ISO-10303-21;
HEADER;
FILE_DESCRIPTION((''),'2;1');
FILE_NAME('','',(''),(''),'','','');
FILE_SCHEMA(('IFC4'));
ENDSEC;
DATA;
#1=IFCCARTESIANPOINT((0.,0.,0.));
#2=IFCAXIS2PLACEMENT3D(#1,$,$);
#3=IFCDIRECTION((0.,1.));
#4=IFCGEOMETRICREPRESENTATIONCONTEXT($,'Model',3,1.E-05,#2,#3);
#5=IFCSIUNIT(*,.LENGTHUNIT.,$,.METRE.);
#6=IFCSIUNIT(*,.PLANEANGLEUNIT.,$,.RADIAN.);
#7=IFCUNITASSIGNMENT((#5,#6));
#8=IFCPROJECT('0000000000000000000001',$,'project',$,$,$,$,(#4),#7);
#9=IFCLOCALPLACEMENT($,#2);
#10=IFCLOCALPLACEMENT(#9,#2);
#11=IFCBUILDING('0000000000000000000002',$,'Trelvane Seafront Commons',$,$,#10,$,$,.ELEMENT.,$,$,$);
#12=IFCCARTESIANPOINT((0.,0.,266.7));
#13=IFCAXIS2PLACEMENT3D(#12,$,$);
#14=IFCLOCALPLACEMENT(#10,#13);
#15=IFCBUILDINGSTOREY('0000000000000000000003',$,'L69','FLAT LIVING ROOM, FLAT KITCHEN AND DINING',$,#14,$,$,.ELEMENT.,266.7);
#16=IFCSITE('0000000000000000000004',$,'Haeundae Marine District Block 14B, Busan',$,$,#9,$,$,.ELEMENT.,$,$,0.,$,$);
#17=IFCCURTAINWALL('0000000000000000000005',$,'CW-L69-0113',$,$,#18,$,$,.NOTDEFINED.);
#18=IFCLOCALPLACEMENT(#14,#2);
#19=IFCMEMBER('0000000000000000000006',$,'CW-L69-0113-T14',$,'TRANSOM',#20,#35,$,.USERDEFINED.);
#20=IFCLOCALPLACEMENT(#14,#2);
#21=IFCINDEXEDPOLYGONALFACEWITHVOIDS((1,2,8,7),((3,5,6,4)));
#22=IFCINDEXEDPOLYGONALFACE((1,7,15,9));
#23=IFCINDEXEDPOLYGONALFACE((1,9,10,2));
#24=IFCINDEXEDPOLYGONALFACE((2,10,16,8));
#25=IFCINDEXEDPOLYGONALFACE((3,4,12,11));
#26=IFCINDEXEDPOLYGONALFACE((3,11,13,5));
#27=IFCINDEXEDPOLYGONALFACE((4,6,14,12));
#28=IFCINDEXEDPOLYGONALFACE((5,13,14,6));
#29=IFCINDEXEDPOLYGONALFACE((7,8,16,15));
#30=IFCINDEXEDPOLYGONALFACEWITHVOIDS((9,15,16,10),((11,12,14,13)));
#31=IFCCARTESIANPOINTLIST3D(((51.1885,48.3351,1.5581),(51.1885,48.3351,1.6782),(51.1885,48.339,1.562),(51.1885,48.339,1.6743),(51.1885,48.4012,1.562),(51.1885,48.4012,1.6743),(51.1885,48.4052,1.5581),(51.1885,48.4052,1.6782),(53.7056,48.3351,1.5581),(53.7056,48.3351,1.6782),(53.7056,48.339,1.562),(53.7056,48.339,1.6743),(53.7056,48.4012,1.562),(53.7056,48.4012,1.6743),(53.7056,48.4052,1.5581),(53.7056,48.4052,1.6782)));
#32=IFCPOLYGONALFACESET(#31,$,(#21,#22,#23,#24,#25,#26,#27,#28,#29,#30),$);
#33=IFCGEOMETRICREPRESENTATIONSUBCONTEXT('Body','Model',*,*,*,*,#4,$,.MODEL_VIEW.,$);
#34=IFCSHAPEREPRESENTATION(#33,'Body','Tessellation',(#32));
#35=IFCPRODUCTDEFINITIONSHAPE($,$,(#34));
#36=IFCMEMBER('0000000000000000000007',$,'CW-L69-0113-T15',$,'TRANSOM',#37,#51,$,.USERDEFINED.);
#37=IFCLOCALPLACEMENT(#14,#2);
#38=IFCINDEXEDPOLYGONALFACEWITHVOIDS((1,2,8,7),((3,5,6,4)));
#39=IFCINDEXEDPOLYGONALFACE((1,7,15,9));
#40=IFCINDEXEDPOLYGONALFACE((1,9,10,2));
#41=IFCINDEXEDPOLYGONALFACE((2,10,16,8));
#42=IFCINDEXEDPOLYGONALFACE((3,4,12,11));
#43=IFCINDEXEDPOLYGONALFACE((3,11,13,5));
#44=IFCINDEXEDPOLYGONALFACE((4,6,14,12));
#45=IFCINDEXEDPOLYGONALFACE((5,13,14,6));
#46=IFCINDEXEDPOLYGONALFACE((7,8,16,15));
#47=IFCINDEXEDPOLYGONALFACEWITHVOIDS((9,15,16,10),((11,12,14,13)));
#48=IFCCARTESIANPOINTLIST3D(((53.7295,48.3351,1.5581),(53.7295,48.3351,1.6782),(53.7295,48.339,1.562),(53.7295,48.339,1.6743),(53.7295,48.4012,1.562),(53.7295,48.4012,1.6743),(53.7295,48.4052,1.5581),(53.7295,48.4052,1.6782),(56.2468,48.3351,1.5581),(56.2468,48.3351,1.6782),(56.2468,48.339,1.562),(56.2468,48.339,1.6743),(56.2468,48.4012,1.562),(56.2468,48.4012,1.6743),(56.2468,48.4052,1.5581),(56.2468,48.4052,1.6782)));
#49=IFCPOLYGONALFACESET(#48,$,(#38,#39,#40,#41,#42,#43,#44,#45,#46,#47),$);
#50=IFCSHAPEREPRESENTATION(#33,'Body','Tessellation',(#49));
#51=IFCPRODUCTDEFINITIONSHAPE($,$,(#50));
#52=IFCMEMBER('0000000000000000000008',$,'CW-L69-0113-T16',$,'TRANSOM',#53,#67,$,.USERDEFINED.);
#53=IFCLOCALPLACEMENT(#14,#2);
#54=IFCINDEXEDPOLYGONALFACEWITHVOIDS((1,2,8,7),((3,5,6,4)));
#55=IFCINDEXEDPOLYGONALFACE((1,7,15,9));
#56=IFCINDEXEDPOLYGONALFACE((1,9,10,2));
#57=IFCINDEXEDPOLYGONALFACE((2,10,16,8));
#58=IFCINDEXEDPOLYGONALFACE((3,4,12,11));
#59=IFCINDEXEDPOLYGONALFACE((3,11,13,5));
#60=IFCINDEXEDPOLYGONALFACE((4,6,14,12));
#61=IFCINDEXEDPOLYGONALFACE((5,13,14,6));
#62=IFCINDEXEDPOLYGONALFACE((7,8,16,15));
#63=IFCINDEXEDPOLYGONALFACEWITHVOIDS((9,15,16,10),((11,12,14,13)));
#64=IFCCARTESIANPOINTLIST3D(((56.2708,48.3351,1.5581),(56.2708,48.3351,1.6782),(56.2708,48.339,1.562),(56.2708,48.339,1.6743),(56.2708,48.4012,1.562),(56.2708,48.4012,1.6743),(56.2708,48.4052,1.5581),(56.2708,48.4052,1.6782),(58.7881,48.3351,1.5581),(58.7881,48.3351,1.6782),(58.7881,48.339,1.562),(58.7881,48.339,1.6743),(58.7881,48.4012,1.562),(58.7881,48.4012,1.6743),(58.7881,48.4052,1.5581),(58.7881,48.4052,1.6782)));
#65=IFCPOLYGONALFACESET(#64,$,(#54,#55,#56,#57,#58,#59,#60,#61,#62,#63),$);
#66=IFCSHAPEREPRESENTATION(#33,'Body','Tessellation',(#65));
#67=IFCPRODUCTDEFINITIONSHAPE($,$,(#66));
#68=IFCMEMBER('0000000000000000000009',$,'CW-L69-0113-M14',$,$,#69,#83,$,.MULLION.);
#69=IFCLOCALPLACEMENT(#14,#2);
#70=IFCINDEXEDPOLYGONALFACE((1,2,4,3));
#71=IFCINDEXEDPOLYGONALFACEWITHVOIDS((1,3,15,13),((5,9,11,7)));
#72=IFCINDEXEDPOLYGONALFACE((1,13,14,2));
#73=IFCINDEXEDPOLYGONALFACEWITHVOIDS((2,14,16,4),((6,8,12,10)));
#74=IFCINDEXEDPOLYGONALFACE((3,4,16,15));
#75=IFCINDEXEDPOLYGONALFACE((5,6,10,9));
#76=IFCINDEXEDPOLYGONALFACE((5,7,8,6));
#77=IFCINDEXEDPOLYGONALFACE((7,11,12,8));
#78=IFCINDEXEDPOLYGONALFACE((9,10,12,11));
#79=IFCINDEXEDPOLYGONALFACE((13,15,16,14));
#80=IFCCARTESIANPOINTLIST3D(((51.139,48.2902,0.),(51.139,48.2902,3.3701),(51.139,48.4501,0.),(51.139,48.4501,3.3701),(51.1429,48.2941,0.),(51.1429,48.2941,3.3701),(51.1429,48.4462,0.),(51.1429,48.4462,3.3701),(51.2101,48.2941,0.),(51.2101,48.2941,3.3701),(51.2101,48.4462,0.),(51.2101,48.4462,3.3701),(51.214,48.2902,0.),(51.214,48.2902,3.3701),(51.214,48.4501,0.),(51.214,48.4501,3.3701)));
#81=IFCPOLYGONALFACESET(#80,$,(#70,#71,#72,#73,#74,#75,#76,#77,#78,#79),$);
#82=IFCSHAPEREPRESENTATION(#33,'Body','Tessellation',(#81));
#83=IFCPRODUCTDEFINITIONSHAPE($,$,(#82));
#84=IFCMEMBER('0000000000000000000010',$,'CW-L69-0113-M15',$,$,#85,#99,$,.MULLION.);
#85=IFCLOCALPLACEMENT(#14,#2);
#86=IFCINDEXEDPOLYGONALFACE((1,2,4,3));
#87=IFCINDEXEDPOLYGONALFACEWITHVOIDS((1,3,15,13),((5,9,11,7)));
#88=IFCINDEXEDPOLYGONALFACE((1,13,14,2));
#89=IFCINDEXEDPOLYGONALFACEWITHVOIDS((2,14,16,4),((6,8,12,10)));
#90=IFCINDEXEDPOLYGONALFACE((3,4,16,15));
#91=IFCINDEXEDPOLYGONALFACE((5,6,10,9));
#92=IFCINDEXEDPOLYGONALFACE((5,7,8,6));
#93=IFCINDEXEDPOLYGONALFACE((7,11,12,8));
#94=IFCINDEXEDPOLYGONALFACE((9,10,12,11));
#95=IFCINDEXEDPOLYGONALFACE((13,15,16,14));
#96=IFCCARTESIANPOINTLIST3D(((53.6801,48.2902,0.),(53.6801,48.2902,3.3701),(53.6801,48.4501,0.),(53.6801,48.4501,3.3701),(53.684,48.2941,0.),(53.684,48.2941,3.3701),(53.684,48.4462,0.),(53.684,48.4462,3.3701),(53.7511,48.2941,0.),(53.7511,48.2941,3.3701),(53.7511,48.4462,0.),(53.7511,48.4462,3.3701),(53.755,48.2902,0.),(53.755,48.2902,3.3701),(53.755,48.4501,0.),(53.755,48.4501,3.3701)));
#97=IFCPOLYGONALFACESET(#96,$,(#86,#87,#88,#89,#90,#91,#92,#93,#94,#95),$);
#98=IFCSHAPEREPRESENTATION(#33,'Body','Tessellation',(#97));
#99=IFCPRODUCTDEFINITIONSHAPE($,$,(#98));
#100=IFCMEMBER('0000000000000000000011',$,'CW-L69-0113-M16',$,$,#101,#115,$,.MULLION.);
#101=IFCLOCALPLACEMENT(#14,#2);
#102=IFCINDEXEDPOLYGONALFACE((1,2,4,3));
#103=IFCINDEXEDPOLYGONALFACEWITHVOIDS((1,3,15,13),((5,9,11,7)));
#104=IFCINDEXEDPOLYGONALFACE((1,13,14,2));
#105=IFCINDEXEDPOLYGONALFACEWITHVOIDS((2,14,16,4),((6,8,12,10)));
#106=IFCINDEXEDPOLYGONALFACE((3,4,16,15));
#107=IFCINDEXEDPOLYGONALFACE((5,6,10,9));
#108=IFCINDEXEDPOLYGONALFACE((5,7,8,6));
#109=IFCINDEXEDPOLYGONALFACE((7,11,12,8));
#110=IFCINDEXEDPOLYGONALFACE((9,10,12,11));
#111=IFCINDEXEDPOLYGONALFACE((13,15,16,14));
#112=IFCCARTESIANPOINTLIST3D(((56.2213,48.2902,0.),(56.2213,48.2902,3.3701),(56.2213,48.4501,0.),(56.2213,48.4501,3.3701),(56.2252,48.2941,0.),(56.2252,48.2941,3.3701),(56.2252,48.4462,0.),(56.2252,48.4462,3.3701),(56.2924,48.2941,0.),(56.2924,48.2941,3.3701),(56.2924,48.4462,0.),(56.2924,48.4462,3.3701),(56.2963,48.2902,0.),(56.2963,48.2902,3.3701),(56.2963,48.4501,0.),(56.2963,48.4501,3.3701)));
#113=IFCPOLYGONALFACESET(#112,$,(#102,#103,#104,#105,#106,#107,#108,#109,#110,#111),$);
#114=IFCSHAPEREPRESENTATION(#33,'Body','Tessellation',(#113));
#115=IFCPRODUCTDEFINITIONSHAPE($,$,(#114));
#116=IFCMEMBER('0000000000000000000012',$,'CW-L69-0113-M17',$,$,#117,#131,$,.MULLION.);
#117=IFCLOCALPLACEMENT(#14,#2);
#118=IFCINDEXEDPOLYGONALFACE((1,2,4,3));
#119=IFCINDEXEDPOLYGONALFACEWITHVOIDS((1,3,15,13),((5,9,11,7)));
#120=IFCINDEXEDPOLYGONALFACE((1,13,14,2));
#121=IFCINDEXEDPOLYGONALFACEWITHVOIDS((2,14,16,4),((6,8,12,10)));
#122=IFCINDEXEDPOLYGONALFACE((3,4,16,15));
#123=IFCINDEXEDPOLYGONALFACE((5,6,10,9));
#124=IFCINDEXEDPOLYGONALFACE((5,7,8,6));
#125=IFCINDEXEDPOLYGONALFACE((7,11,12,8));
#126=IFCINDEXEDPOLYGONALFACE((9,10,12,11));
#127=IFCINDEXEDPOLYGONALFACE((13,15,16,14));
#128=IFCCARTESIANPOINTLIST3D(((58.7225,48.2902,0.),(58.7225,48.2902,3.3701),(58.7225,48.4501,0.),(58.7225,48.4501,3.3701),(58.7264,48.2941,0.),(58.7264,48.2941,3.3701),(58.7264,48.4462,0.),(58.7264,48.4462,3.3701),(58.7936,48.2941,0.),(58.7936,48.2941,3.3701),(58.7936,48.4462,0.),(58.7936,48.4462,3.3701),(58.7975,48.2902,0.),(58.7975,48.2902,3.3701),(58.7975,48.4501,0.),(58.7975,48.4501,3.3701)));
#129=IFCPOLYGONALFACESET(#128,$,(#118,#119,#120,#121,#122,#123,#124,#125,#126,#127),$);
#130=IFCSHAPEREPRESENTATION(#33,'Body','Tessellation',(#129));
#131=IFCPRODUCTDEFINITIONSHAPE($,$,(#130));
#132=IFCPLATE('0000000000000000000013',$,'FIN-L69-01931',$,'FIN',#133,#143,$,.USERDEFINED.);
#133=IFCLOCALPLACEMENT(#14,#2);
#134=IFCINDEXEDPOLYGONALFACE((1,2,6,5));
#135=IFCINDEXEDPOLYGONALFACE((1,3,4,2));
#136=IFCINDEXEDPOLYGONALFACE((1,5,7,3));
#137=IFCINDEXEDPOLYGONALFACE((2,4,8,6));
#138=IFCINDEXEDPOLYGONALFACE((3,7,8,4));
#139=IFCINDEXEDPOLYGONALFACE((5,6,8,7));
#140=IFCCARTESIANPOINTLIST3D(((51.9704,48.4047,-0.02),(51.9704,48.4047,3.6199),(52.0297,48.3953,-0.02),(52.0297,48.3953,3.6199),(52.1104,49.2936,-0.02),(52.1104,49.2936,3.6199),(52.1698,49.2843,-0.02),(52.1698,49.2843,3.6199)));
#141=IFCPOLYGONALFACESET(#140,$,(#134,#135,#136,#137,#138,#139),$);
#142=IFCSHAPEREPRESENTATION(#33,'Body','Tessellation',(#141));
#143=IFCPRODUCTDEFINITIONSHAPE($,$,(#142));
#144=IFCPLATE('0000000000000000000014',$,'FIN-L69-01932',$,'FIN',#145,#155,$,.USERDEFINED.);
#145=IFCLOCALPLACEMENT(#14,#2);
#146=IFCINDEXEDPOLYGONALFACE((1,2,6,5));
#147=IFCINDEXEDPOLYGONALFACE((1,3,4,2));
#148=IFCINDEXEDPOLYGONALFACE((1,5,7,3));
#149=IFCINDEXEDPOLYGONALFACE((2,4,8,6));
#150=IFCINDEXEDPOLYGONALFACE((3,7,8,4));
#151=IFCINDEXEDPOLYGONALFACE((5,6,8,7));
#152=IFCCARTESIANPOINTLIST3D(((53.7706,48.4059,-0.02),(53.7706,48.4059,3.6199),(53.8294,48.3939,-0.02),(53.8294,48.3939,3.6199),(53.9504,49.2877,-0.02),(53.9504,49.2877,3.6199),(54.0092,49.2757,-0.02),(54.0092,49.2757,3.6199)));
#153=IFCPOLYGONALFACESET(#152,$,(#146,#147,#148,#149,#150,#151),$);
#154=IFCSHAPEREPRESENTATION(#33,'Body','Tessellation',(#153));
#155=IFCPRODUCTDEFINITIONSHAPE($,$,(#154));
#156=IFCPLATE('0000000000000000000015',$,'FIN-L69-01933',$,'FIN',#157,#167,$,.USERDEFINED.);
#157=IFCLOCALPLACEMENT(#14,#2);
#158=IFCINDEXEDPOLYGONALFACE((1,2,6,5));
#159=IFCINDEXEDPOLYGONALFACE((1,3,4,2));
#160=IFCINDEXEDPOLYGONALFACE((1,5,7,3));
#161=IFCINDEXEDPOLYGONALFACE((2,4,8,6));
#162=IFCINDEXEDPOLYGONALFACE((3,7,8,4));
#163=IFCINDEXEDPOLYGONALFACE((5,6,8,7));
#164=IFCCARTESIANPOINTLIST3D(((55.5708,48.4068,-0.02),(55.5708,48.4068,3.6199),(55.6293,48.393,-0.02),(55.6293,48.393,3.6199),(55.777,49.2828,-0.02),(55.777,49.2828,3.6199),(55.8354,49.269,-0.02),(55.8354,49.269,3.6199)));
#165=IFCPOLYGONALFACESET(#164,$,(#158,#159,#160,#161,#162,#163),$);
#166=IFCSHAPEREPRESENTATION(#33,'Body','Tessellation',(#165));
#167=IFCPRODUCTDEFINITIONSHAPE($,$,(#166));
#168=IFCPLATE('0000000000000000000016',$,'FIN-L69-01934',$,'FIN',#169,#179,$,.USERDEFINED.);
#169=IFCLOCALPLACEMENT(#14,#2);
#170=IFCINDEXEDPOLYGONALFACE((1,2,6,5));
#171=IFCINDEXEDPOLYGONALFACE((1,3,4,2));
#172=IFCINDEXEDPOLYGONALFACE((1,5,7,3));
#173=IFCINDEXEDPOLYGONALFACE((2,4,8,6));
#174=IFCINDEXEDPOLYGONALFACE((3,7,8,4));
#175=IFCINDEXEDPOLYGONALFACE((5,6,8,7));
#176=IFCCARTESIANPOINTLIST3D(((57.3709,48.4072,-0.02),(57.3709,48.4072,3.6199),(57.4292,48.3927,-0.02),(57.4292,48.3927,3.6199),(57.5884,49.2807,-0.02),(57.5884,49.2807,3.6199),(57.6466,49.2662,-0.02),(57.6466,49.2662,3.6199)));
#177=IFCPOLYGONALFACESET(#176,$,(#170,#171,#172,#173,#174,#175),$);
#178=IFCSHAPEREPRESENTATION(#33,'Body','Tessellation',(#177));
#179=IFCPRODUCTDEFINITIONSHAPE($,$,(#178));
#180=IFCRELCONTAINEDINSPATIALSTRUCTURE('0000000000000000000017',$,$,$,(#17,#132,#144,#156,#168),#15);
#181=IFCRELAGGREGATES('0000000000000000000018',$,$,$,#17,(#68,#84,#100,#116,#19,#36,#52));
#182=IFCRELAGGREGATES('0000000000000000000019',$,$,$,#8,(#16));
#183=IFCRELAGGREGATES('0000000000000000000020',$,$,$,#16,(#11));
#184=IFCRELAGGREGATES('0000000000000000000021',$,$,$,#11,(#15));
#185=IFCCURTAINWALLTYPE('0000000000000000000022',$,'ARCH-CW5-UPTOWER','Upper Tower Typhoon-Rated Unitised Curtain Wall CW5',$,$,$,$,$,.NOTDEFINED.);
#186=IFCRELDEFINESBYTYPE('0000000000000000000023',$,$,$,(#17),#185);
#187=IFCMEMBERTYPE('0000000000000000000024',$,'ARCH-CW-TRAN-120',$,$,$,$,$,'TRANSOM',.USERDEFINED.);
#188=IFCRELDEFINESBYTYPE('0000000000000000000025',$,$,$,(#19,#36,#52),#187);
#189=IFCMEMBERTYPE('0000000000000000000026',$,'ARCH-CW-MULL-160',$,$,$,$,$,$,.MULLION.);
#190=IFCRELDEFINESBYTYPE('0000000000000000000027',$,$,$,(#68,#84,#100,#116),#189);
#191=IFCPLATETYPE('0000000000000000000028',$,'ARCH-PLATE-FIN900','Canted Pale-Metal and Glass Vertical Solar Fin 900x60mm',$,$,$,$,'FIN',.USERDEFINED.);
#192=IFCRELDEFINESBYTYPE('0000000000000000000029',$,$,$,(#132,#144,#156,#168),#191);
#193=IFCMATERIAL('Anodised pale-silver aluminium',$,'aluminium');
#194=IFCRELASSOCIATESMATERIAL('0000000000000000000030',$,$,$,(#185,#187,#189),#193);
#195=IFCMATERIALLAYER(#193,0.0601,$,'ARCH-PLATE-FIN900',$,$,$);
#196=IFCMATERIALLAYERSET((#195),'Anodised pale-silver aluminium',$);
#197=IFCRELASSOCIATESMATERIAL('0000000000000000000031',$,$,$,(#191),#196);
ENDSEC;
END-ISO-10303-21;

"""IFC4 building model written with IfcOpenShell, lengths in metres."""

from ifc_helpers import new_model, si_unit, direction, frame, origin, origin_2d, place, context, subcontext, project, spatial, rectangle, hollow_rectangle, extrude, source, transform, mapped, material, layer, layer_set, material_profile, profile_set, type_object, element, aggregate, save


model = new_model("IFC4")

# Units and contexts
model_context = context("Model", 3, precision=1e-05, world=origin(), true_north=direction((0.0, 1.0)))
body_context = subcontext(model_context, "Body", "Model", "MODEL_VIEW")
ifc_project = project(units=[si_unit("LENGTHUNIT", "METRE"), si_unit("PLANEANGLEUNIT", "RADIAN")], contexts=[model_context])

# Site, building, storey
site_placement = place(None, origin())
site = spatial("IfcSite", under=ifc_project, at=site_placement, Name="Haeundae Marine District Block 14B, Busan", CompositionType="ELEMENT", RefElevation=0.0)
building_placement = place(site_placement, origin())
building = spatial("IfcBuilding", under=site, at=building_placement, Name="Trelvane Seafront Commons", CompositionType="ELEMENT")
storey_placement = place(building_placement, frame((0.0, 0.0, 266.7)))
storey = spatial("IfcBuildingStorey", under=building, at=storey_placement, Name="L69", Description="FLAT LIVING ROOM, FLAT KITCHEN AND DINING", CompositionType="ELEMENT", Elevation=266.7)

# Curtain wall, members
ifc_material_1 = material(Name="Anodised pale-silver aluminium", Category="aluminium")
curtain_wall_type = type_object("IfcCurtainWallType", Name="ARCH-CW5-UPTOWER", Description="Upper Tower Typhoon-Rated Unitised Curtain Wall CW5", PredefinedType="NOTDEFINED", material=ifc_material_1)
curtain_wall_placement = place(storey_placement, origin())
curtain_wall = element("IfcCurtainWall", 1, at=curtain_wall_placement, inside=storey, type_object=curtain_wall_type, Name="CW-L69-0113", PredefinedType="NOTDEFINED")
ifc_material_profile_1 = material_profile(ifc_material_1, hollow_rectangle(XDim=0.0701, YDim=0.1201, WallThickness=0.0039, at=origin_2d()), Name="TRAN-70x120x4")
ifc_profile_set_1 = profile_set([ifc_material_profile_1], Name="Anodised pale-silver aluminium")
member_type_1 = type_object("IfcMemberType", Name="ARCH-CW-TRAN-120", ElementType="TRANSOM", PredefinedType="USERDEFINED", material=ifc_profile_set_1)
shared_shape_1 = source(origin(), body_context, "Body", "SweptSolid", [
    extrude(hollow_rectangle(XDim=0.0701, YDim=0.1201, WallThickness=0.0039, at=origin_2d()), origin(), (0.0, 0.0, 1.0), 2.5171),
])
member_1_placement = place(storey_placement, frame((51.1885, 48.3701, 1.6182), z_axis=(1.0, 0.0, 0.0), x_axis=(0.0, 1.0, 0.0)))
member_1 = element("IfcMember", 2, at=member_1_placement, type_object=member_type_1, Name="CW-L69-0113-T14", ObjectType="TRANSOM", PredefinedType="USERDEFINED", context=body_context, shape_type="MappedRepresentation", body=[
    mapped(shared_shape_1, transform((0.0, 0.0, 0.0), x_axis=(1.0, 0.0, 0.0), y_axis=(0.0, 1.0, 0.0), z_axis=(0.0, 0.0, 1.0), scale=1.0)),
])
shared_shape_2 = source(origin(), body_context, "Body", "SweptSolid", [
    extrude(hollow_rectangle(XDim=0.0701, YDim=0.1201, WallThickness=0.0039, at=origin_2d()), origin(), (0.0, 0.0, 1.0), 2.5173),
])
member_2_placement = place(storey_placement, frame((53.7295, 48.3701, 1.6182), z_axis=(1.0, 0.0, 0.0), x_axis=(0.0, 1.0, 0.0)))
member_2 = element("IfcMember", 3, at=member_2_placement, type_object=member_type_1, Name="CW-L69-0113-T15", ObjectType="TRANSOM", PredefinedType="USERDEFINED", context=body_context, shape_type="MappedRepresentation", body=[
    mapped(shared_shape_2, transform((0.0, 0.0, 0.0), x_axis=(1.0, 0.0, 0.0), y_axis=(0.0, 1.0, 0.0), z_axis=(0.0, 0.0, 1.0), scale=1.0)),
])
member_3_placement = place(storey_placement, frame((56.2708, 48.3701, 1.6182), z_axis=(1.0, 0.0, 0.0), x_axis=(0.0, 1.0, 0.0)))
member_3 = element("IfcMember", 4, at=member_3_placement, type_object=member_type_1, Name="CW-L69-0113-T16", ObjectType="TRANSOM", PredefinedType="USERDEFINED", context=body_context, shape_type="MappedRepresentation", body=[
    mapped(shared_shape_2, transform((0.0, 0.0, 0.0), x_axis=(1.0, 0.0, 0.0), y_axis=(0.0, 1.0, 0.0), z_axis=(0.0, 0.0, 1.0), scale=1.0)),
])
ifc_material_profile_2 = material_profile(ifc_material_1, hollow_rectangle(XDim=0.075, YDim=0.1599, WallThickness=0.0039, at=origin_2d()), Name="MULL-75x160x4")
ifc_profile_set_2 = profile_set([ifc_material_profile_2], Name="Anodised pale-silver aluminium")
member_type_2 = type_object("IfcMemberType", Name="ARCH-CW-MULL-160", PredefinedType="MULLION", material=ifc_profile_set_2)
shared_shape_3 = source(origin(), body_context, "Body", "SweptSolid", [
    extrude(hollow_rectangle(XDim=0.075, YDim=0.1599, WallThickness=0.0039, at=origin_2d()), origin(), (0.0, 0.0, 1.0), 3.3701),
])
member_4_placement = place(storey_placement, frame((51.1765, 48.3701, 0.0), z_axis=(0.0, 0.0, 1.0), x_axis=(1.0, 0.0, 0.0)))
member_4 = element("IfcMember", 5, at=member_4_placement, type_object=member_type_2, Name="CW-L69-0113-M14", PredefinedType="MULLION", context=body_context, shape_type="MappedRepresentation", body=[
    mapped(shared_shape_3, transform((0.0, 0.0, 0.0), x_axis=(1.0, 0.0, 0.0), y_axis=(0.0, 1.0, 0.0), z_axis=(0.0, 0.0, 1.0), scale=1.0)),
])
member_5_placement = place(storey_placement, frame((53.7175, 48.3701, 0.0), z_axis=(0.0, 0.0, 1.0), x_axis=(1.0, 0.0, 0.0)))
member_5 = element("IfcMember", 6, at=member_5_placement, type_object=member_type_2, Name="CW-L69-0113-M15", PredefinedType="MULLION", context=body_context, shape_type="MappedRepresentation", body=[
    mapped(shared_shape_3, transform((0.0, 0.0, 0.0), x_axis=(1.0, 0.0, 0.0), y_axis=(0.0, 1.0, 0.0), z_axis=(0.0, 0.0, 1.0), scale=1.0)),
])
member_6_placement = place(storey_placement, frame((56.2588, 48.3701, 0.0), z_axis=(0.0, 0.0, 1.0), x_axis=(1.0, 0.0, 0.0)))
member_6 = element("IfcMember", 7, at=member_6_placement, type_object=member_type_2, Name="CW-L69-0113-M16", PredefinedType="MULLION", context=body_context, shape_type="MappedRepresentation", body=[
    mapped(shared_shape_3, transform((0.0, 0.0, 0.0), x_axis=(1.0, 0.0, 0.0), y_axis=(0.0, 1.0, 0.0), z_axis=(0.0, 0.0, 1.0), scale=1.0)),
])
member_7_placement = place(storey_placement, frame((58.76, 48.3701, 0.0), z_axis=(0.0, 0.0, 1.0), x_axis=(1.0, 0.0, 0.0)))
member_7 = element("IfcMember", 8, at=member_7_placement, type_object=member_type_2, Name="CW-L69-0113-M17", PredefinedType="MULLION", context=body_context, shape_type="MappedRepresentation", body=[
    mapped(shared_shape_3, transform((0.0, 0.0, 0.0), x_axis=(1.0, 0.0, 0.0), y_axis=(0.0, 1.0, 0.0), z_axis=(0.0, 0.0, 1.0), scale=1.0)),
])

# Plates
ifc_layer_1 = layer(ifc_material_1, 0.0601, Name="ARCH-PLATE-FIN900")
ifc_layer_set_1 = layer_set([ifc_layer_1], Name="Anodised pale-silver aluminium")
plate_type_1 = type_object("IfcPlateType", Name="ARCH-PLATE-FIN900", Description="Canted Pale-Metal and Glass Vertical Solar Fin 900x60mm", ElementType="FIN", PredefinedType="USERDEFINED", material=ifc_layer_set_1)
shared_shape_4 = source(origin(), body_context, "Body", "SweptSolid", [
    extrude(rectangle(XDim=0.8999, YDim=0.0601, at=origin_2d()), origin(), (0.0, 0.0, 1.0), 3.6399),
])
for number, where, z_axis, x_axis, name in (
    (9, (52.0701, 48.8445, -0.02), (0.0, 0.0, 1.0), (0.155671, 0.987809, 0.0), "FIN-L69-01931"),
    (10, (53.8899, 48.8408, -0.02), (0.0, 0.0, 1.0), (0.19979, 0.979839, 0.0), "FIN-L69-01932"),
    (11, (55.7031, 48.8379, -0.02), (0.0, 0.0, 1.0), (0.229102, 0.973402, 0.0), "FIN-L69-01933"),
):
    element("IfcPlate", number, at=place(storey_placement, frame(where, z_axis=z_axis, x_axis=x_axis)), inside=storey, type_object=plate_type_1, Name=name, ObjectType="FIN", PredefinedType="USERDEFINED", context=body_context, shape_type="MappedRepresentation", body=[
        mapped(shared_shape_4, transform((0.0, 0.0, 0.0), x_axis=(1.0, 0.0, 0.0), y_axis=(0.0, 1.0, 0.0), z_axis=(0.0, 0.0, 1.0), scale=1.0)),
    ])
shared_shape_5 = source(origin(), body_context, "Body", "SweptSolid", [
    extrude(rectangle(XDim=0.9001, YDim=0.0601, at=origin_2d()), origin(), (0.0, 0.0, 1.0), 3.6399),
])
plate_1_placement = place(storey_placement, frame((57.5088, 48.8367, -0.02), z_axis=(0.0, 0.0, 1.0), x_axis=(0.241543, 0.97039, 0.0)))
element("IfcPlate", 12, at=plate_1_placement, inside=storey, type_object=plate_type_1, Name="FIN-L69-01934", ObjectType="FIN", PredefinedType="USERDEFINED", context=body_context, shape_type="MappedRepresentation", body=[
    mapped(shared_shape_5, transform((0.0, 0.0, 0.0), x_axis=(1.0, 0.0, 0.0), y_axis=(0.0, 1.0, 0.0), z_axis=(0.0, 0.0, 1.0), scale=1.0)),
])

aggregate(curtain_wall, [member_4, member_5, member_6, member_7, member_1, member_2, member_3])

save(model, "model.ifc")
